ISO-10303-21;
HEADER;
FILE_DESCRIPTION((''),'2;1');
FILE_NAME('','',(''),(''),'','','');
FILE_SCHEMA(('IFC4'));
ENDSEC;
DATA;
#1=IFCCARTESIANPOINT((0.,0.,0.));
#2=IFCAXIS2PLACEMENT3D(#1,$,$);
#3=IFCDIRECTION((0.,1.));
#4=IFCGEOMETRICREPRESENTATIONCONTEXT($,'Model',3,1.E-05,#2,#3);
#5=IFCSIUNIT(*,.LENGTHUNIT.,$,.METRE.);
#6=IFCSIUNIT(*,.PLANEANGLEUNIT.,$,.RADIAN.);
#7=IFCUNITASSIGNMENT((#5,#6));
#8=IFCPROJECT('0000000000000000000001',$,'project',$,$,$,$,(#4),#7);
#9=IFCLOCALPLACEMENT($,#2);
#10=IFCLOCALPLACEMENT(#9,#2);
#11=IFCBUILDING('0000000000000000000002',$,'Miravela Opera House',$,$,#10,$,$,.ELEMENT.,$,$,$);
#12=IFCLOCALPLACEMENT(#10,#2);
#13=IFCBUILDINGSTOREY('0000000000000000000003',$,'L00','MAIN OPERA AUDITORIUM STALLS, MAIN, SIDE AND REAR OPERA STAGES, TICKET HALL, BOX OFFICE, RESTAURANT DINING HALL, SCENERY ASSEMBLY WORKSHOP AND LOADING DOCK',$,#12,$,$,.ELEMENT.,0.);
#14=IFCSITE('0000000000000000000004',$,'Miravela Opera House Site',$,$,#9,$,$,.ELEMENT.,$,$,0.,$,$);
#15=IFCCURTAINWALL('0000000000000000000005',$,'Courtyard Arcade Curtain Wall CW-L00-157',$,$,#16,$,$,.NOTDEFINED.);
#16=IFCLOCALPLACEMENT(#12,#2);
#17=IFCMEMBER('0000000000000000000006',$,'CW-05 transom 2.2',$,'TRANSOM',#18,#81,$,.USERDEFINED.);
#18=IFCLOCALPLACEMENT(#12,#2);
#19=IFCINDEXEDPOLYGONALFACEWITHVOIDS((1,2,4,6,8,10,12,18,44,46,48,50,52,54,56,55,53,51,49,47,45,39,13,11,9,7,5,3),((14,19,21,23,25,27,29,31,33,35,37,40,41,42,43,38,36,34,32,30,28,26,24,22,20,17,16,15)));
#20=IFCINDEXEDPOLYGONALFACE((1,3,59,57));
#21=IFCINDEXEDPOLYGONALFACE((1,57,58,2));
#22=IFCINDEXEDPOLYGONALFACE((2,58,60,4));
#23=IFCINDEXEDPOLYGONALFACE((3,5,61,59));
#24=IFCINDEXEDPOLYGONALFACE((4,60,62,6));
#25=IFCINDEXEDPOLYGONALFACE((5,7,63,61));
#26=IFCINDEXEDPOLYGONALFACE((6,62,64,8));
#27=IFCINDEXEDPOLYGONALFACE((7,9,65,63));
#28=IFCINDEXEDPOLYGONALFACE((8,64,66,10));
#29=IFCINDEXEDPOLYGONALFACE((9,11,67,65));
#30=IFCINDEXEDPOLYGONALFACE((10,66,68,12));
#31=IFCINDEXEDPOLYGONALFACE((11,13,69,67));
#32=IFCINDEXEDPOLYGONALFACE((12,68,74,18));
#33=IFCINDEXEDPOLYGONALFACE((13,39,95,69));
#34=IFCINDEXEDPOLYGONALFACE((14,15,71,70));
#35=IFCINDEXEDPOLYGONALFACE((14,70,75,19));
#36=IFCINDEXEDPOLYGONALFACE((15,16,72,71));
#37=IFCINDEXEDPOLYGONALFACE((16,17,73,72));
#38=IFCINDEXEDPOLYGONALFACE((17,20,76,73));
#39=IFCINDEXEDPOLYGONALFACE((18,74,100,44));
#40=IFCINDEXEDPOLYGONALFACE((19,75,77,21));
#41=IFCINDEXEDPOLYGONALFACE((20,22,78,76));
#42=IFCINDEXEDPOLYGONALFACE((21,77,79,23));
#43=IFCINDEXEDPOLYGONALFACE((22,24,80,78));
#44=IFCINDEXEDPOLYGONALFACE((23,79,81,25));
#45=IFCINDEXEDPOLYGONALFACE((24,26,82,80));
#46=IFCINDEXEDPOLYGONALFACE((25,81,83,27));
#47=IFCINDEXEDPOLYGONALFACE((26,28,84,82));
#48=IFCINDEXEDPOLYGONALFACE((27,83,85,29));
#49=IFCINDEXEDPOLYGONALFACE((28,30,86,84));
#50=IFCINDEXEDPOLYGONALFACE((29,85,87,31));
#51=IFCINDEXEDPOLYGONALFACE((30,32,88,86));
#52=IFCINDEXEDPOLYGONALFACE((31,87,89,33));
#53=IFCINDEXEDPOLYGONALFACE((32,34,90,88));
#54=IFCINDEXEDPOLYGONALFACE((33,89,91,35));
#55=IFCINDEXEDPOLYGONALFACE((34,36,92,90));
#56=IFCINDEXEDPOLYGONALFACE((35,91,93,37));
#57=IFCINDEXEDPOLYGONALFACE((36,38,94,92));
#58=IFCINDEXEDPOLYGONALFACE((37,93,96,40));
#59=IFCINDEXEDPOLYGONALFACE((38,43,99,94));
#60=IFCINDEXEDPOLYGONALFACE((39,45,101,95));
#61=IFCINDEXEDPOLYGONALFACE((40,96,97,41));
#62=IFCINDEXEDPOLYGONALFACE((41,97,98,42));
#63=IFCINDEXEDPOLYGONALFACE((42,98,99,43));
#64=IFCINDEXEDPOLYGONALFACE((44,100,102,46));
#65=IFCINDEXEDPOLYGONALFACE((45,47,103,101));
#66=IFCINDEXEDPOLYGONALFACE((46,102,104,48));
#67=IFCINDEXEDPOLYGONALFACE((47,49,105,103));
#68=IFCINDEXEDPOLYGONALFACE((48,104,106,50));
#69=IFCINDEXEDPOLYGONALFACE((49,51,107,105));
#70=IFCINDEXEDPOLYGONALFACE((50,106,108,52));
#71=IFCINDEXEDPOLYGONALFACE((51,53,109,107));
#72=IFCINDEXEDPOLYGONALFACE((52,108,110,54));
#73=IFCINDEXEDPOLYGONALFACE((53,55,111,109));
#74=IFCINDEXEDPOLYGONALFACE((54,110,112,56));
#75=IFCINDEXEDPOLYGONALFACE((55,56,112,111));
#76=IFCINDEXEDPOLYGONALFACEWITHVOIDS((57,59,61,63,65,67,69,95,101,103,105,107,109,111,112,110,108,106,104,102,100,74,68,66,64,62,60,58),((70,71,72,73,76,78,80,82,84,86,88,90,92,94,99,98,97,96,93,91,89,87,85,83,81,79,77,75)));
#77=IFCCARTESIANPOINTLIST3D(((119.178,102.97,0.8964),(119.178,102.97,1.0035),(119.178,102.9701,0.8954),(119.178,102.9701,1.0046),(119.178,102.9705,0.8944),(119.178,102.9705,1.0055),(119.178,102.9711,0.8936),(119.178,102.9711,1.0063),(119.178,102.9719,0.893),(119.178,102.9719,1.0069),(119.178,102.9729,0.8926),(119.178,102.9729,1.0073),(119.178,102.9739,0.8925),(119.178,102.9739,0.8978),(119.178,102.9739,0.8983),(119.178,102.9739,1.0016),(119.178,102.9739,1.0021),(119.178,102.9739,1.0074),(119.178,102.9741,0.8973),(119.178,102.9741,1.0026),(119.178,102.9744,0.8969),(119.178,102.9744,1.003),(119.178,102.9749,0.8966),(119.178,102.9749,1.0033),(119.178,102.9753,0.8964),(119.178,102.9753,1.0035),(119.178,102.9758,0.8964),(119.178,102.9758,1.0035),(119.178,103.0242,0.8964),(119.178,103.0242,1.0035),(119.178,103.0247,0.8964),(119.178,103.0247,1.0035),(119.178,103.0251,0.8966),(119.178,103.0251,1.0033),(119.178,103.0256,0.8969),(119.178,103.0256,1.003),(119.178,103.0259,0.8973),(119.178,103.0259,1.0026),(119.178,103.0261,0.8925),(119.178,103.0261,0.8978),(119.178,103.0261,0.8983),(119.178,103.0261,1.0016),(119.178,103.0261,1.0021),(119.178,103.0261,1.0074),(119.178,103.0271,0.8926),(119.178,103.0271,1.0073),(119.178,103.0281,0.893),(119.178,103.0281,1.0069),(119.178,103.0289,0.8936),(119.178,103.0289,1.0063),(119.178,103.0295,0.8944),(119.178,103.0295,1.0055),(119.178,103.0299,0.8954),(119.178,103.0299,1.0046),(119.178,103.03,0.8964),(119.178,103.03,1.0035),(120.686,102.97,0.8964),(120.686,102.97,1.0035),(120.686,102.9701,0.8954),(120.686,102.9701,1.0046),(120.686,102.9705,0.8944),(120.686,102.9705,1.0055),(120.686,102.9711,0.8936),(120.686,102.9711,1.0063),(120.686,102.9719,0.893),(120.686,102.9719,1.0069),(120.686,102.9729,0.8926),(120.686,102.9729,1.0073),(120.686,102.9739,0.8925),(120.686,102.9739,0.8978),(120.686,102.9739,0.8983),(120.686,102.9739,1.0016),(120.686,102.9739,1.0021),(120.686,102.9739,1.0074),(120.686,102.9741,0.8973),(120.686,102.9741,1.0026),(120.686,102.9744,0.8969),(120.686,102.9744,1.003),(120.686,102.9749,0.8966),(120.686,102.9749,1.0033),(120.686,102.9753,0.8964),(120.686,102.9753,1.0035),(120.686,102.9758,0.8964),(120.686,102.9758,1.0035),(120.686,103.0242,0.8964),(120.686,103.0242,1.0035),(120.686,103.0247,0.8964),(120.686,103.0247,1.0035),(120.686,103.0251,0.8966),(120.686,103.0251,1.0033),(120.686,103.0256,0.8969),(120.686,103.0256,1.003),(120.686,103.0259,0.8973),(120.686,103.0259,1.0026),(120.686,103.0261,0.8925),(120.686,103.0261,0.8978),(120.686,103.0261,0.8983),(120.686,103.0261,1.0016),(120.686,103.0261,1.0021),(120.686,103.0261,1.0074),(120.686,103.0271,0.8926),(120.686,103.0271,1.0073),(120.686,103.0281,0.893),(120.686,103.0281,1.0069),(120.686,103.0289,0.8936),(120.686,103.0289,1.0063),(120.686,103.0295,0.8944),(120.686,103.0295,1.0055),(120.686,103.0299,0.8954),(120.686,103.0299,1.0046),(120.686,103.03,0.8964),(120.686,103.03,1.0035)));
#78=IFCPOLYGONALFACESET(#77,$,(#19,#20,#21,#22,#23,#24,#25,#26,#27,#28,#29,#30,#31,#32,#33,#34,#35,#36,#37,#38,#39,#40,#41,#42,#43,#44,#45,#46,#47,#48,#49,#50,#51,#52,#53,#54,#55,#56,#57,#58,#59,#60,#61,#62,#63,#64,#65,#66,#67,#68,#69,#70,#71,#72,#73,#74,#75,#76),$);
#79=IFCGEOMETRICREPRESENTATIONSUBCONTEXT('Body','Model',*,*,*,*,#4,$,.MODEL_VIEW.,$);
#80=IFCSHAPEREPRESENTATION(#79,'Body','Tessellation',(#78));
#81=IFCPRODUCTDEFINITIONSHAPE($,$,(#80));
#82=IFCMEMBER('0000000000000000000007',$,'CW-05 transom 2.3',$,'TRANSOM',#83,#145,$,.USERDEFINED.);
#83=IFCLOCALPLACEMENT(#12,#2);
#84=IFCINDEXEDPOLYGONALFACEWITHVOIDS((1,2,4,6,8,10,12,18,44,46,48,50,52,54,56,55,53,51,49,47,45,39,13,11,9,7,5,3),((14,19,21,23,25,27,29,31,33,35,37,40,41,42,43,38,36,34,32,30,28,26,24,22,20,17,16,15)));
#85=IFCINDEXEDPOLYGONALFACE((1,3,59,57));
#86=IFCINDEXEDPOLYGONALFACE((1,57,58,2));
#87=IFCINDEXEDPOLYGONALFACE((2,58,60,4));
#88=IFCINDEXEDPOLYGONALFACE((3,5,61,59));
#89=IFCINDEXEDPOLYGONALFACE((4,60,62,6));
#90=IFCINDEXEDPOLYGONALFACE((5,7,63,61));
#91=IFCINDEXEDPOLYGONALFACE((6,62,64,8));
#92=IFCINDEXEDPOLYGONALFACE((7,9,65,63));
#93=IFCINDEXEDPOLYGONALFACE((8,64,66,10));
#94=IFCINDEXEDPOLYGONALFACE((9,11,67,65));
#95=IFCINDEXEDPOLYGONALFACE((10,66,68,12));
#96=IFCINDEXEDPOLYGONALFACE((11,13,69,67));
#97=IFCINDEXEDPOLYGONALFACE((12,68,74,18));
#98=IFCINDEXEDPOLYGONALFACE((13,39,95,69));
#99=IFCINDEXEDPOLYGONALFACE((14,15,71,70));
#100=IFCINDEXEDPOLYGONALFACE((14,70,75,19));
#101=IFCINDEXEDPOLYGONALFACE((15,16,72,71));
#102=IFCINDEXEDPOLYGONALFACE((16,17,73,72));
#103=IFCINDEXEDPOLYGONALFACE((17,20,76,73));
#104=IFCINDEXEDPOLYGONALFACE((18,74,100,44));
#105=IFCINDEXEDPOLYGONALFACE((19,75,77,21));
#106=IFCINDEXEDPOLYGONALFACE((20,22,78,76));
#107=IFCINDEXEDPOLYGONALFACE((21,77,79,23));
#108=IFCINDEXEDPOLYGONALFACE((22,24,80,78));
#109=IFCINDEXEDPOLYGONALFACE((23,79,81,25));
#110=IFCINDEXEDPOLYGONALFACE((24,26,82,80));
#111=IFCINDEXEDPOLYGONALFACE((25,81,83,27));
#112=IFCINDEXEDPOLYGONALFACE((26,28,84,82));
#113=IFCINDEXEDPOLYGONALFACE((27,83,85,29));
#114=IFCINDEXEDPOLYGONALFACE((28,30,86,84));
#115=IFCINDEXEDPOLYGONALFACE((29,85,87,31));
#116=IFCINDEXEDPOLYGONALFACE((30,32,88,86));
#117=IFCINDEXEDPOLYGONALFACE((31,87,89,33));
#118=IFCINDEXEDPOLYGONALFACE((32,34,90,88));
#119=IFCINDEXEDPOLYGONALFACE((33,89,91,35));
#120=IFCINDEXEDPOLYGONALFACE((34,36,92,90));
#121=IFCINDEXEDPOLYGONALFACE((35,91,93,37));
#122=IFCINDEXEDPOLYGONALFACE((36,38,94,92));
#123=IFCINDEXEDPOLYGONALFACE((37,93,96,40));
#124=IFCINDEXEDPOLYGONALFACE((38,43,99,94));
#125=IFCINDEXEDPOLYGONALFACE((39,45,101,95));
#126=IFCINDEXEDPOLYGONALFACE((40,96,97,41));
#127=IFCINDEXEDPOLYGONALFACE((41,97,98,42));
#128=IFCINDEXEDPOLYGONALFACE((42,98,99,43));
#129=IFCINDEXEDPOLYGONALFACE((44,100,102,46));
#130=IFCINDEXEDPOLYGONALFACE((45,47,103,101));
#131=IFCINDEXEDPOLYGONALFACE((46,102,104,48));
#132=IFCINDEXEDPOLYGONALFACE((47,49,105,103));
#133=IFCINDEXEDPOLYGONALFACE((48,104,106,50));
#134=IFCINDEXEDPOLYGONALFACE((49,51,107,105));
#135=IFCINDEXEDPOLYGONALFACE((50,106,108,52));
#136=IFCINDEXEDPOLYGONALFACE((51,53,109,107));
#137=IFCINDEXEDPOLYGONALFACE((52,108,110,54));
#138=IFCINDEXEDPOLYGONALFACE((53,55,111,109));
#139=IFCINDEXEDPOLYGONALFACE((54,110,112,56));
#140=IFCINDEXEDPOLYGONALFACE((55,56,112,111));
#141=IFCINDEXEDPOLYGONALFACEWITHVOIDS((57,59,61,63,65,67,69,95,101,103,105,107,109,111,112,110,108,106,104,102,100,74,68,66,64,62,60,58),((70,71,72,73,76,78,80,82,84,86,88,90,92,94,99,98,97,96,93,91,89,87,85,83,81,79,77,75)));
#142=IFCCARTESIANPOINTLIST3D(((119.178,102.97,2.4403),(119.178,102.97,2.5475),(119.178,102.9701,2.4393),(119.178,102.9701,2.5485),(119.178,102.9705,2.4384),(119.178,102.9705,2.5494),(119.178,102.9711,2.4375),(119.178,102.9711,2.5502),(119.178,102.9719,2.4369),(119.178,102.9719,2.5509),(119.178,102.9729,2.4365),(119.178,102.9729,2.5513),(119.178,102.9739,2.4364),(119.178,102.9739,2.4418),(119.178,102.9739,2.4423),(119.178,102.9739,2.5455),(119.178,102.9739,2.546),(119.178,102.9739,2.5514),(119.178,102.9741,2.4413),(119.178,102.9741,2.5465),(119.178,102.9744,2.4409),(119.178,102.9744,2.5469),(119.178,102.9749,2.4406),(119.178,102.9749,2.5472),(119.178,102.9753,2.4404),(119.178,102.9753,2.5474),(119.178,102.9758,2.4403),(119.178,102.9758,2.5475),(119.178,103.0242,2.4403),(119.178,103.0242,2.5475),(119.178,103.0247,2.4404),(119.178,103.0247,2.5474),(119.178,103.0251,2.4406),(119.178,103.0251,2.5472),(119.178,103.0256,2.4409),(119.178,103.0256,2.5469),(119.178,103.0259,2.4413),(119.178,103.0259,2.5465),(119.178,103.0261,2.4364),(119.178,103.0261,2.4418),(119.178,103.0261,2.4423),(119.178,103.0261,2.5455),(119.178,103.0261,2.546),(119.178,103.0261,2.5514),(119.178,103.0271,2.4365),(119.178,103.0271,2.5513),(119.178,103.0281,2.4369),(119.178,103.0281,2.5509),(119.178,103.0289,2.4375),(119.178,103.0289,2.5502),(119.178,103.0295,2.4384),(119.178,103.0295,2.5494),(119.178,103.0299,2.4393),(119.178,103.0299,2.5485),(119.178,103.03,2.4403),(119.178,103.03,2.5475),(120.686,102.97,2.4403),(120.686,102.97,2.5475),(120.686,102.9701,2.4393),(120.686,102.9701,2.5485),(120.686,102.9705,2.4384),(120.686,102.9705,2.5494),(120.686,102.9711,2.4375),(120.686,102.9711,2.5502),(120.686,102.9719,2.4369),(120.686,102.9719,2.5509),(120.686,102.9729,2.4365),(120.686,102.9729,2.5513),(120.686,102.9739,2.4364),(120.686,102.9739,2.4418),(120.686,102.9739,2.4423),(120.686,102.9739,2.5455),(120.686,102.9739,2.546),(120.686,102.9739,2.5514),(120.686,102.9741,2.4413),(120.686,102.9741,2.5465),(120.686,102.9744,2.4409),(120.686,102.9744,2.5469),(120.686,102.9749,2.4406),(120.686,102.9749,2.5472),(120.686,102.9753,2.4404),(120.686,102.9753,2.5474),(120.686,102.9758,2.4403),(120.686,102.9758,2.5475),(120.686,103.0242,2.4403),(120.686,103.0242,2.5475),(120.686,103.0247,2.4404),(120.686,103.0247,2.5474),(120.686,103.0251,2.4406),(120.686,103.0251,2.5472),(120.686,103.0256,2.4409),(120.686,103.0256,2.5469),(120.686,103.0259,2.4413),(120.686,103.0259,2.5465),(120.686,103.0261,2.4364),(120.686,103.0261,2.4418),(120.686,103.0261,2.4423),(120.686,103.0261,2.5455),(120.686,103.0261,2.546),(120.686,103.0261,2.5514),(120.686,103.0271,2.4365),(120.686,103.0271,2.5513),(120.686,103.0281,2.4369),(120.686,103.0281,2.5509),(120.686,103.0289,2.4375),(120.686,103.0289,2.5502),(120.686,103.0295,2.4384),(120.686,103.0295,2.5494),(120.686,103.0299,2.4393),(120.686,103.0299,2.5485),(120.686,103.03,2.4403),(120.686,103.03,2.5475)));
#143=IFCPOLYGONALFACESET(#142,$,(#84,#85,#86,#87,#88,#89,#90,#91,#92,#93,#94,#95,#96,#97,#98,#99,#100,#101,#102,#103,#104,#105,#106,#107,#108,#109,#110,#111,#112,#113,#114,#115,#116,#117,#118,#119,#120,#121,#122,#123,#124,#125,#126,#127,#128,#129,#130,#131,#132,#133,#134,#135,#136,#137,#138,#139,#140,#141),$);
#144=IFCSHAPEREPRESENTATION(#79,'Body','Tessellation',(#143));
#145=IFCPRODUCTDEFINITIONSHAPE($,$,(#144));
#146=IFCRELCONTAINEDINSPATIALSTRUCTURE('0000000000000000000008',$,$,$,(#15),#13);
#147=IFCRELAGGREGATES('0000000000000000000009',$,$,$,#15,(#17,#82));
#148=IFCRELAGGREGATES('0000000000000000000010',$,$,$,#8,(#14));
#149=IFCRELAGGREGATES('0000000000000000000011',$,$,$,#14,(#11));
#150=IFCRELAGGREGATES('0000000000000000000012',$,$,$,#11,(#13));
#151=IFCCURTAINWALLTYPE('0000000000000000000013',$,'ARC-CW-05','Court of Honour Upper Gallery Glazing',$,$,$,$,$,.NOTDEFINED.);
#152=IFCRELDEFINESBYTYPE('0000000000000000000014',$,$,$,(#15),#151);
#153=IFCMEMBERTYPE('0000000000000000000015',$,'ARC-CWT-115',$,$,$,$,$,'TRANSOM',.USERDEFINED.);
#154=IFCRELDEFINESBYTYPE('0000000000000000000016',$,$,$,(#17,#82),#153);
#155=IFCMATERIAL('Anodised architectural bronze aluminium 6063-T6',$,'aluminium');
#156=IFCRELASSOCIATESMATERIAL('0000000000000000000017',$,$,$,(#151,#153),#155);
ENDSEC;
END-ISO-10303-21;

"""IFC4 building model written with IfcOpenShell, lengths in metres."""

from ifc_helpers import new_model, si_unit, direction, frame, origin, origin_2d, place, context, subcontext, project, spatial, hollow_rectangle, extrude, material, material_profile, profile_set, type_object, element, aggregate, save


model = new_model("IFC4")

# Units and contexts
model_context = context("Model", 3, precision=1e-05, world=origin(), true_north=direction((0.0, 1.0)))
body_context = subcontext(model_context, "Body", "Model", "MODEL_VIEW")
ifc_project = project(units=[si_unit("LENGTHUNIT", "METRE"), si_unit("PLANEANGLEUNIT", "RADIAN")], contexts=[model_context])

# Site, building, storey
site_placement = place(None, origin())
site = spatial("IfcSite", under=ifc_project, at=site_placement, Name="Miravela Opera House Site", CompositionType="ELEMENT", RefElevation=0.0)
building_placement = place(site_placement, origin())
building = spatial("IfcBuilding", under=site, at=building_placement, Name="Miravela Opera House", CompositionType="ELEMENT")
storey_placement = place(building_placement, origin())
storey = spatial("IfcBuildingStorey", under=building, at=storey_placement, Name="L00", Description="MAIN OPERA AUDITORIUM STALLS, MAIN, SIDE AND REAR OPERA STAGES, TICKET HALL, BOX OFFICE, RESTAURANT DINING HALL, SCENERY ASSEMBLY WORKSHOP AND LOADING DOCK", CompositionType="ELEMENT", Elevation=0.0)

# Curtain wall, members
ifc_material_1 = material(Name="Anodised architectural bronze aluminium 6063-T6", Category="aluminium")
curtain_wall_type = type_object("IfcCurtainWallType", Name="ARC-CW-05", Description="Court of Honour Upper Gallery Glazing", PredefinedType="NOTDEFINED", material=ifc_material_1)
curtain_wall_placement = place(storey_placement, origin())
curtain_wall = element("IfcCurtainWall", 1, at=curtain_wall_placement, inside=storey, type_object=curtain_wall_type, Name="Courtyard Arcade Curtain Wall CW-L00-157", PredefinedType="NOTDEFINED")
ifc_material_profile_1 = material_profile(ifc_material_1, hollow_rectangle(XDim=0.0601, YDim=0.115, WallThickness=0.0039, InnerFilletRadius=0.002, OuterFilletRadius=0.0039, at=origin_2d()), Name="CWT-60X115")
ifc_profile_set_1 = profile_set([ifc_material_profile_1])
member_type_1 = type_object("IfcMemberType", Name="ARC-CWT-115", ElementType="TRANSOM", PredefinedType="USERDEFINED", material=ifc_profile_set_1)
member_1_placement = place(storey_placement, frame((119.178, 103.0, 0.95), z_axis=(1.0, 0.0, 0.0), x_axis=(0.0, 1.0, 0.0)))
member_1 = element("IfcMember", 2, at=member_1_placement, type_object=member_type_1, Name="CW-05 transom 2.2", ObjectType="TRANSOM", PredefinedType="USERDEFINED", context=body_context, shape_type="SweptSolid", body=[
    extrude(hollow_rectangle(XDim=0.0601, YDim=0.115, WallThickness=0.0039, InnerFilletRadius=0.002, OuterFilletRadius=0.0039, at=origin_2d()), origin(), (0.0, 0.0, 1.0), 1.5081),
])
member_2_placement = place(storey_placement, frame((119.178, 103.0, 2.4939), z_axis=(1.0, 0.0, 0.0), x_axis=(0.0, 1.0, 0.0)))
member_2 = element("IfcMember", 3, at=member_2_placement, type_object=member_type_1, Name="CW-05 transom 2.3", ObjectType="TRANSOM", PredefinedType="USERDEFINED", context=body_context, shape_type="SweptSolid", body=[
    extrude(hollow_rectangle(XDim=0.0601, YDim=0.115, WallThickness=0.0039, InnerFilletRadius=0.002, OuterFilletRadius=0.0039, at=origin_2d()), origin(), (0.0, 0.0, 1.0), 1.5081),
])

aggregate(curtain_wall, [member_1, member_2])

save(model, "model.ifc")
